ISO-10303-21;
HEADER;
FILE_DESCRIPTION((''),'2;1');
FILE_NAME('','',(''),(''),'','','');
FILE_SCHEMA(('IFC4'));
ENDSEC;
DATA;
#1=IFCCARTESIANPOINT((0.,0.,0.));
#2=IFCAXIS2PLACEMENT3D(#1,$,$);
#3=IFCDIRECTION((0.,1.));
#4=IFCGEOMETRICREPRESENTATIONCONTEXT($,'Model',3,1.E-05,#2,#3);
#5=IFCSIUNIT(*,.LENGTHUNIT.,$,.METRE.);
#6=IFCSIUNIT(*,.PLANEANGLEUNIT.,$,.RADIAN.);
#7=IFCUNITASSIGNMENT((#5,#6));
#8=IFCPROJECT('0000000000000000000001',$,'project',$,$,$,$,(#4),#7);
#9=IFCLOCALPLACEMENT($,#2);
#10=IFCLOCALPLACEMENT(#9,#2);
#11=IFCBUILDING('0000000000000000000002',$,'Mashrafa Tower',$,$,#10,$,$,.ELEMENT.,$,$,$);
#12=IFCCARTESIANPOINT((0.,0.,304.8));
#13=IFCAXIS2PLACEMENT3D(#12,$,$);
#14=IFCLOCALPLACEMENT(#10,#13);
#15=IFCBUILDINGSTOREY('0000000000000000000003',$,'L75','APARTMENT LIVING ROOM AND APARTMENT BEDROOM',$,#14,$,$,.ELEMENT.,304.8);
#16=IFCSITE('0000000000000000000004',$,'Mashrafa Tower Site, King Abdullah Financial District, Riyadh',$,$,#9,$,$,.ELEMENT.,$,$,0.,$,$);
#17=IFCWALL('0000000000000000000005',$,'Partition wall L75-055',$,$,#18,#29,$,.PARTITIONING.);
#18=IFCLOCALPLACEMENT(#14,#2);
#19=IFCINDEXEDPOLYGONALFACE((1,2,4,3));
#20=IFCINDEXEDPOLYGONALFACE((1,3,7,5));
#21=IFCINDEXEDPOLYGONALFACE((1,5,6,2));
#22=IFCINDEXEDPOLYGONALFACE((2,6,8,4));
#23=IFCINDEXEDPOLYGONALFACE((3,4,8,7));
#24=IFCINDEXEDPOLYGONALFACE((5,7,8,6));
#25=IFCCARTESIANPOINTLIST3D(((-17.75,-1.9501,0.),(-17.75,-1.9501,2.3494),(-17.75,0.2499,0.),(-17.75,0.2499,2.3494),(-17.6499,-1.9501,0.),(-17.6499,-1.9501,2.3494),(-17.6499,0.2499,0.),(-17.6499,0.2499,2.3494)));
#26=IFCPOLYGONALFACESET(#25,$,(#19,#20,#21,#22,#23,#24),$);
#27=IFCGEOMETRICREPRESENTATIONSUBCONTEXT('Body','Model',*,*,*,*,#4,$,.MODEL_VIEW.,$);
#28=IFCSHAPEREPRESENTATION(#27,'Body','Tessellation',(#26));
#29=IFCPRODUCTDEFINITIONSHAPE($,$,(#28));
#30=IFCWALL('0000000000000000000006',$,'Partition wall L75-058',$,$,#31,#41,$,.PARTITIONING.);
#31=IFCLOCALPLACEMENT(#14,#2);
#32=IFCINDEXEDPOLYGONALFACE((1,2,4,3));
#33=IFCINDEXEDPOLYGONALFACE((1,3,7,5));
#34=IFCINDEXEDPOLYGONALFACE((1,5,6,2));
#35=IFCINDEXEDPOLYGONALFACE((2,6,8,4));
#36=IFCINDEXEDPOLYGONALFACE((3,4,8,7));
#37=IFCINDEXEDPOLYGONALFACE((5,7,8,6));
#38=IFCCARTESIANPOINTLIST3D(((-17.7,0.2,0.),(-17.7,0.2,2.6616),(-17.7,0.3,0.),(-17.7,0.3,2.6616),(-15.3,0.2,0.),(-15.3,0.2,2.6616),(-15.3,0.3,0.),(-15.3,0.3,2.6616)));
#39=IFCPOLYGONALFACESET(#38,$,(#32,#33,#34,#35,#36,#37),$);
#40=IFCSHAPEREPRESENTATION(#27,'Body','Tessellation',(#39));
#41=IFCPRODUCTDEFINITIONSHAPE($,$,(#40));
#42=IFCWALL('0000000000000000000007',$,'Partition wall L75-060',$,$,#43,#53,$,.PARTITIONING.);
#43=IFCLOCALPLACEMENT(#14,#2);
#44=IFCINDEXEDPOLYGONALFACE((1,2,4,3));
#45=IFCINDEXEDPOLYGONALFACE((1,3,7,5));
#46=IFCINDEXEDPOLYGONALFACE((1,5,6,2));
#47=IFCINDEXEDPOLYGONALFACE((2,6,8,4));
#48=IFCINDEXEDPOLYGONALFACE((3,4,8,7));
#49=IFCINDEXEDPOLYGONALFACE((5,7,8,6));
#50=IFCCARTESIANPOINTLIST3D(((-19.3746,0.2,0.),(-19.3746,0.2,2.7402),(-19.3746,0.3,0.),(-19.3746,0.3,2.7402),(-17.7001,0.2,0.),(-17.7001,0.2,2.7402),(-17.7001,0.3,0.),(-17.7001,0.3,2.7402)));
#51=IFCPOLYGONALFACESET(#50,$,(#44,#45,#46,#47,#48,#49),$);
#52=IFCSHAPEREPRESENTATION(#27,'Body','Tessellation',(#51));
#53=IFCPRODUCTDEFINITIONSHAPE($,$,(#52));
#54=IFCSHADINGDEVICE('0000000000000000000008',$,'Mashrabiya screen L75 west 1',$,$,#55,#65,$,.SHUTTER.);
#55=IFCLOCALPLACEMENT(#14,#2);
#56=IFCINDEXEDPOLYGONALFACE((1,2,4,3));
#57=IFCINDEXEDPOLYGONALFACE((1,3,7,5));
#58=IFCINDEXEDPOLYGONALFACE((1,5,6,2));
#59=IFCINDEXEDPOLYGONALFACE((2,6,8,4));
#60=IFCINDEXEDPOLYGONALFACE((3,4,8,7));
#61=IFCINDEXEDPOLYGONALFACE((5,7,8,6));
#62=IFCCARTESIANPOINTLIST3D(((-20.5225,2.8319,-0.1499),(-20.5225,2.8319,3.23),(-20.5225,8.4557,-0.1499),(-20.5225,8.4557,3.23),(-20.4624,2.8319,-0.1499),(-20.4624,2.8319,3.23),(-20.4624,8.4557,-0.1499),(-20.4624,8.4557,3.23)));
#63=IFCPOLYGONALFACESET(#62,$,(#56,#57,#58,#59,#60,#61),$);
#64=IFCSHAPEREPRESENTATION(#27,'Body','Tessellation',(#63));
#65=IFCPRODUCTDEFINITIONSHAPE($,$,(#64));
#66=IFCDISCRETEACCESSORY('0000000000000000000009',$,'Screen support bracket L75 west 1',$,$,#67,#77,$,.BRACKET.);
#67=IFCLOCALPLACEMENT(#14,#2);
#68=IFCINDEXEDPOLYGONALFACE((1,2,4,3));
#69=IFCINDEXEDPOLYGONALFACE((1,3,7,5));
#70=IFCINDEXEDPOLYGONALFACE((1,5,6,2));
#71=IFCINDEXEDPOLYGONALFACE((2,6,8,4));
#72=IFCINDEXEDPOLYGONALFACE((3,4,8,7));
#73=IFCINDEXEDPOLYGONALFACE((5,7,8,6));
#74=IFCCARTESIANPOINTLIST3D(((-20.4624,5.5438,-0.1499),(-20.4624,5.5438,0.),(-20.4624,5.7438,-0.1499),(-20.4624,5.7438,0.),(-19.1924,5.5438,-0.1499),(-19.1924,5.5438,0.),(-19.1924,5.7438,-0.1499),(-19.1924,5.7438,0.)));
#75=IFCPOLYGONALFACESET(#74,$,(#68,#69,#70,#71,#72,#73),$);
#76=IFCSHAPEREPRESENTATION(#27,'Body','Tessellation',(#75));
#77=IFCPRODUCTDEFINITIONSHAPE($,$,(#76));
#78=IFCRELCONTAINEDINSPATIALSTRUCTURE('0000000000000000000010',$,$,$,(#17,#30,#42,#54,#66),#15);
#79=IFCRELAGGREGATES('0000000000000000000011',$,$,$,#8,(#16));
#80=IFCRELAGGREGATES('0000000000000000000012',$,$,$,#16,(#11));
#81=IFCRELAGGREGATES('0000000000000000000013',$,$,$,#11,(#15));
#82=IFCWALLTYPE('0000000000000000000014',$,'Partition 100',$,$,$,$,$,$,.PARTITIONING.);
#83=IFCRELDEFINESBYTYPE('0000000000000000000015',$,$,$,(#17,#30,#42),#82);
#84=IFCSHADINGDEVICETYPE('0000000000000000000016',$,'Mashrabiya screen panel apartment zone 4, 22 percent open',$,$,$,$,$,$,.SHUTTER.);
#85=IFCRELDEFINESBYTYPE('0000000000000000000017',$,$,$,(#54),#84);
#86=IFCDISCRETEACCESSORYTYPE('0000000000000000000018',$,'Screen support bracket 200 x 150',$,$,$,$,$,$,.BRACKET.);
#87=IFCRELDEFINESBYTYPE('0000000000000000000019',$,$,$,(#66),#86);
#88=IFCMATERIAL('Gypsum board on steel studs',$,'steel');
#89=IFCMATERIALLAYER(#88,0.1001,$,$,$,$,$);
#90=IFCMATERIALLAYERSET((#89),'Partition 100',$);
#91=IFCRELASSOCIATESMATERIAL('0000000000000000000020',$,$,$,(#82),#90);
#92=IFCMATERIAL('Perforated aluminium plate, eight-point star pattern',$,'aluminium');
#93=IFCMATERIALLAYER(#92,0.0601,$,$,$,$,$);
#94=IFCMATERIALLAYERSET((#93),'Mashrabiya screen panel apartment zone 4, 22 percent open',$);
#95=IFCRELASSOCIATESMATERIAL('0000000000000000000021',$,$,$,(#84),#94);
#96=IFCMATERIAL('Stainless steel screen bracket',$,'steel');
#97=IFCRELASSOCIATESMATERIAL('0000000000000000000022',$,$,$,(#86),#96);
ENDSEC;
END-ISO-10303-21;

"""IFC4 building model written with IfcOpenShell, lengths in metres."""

from ifc_helpers import new_model, si_unit, direction, frame, frame_2d, origin, origin_2d, place, context, subcontext, project, spatial, rectangle, extrude, source, transform, mapped, material, layer, layer_set, type_object, type_shapes, element, save


model = new_model("IFC4")

# Units and contexts
model_context = context("Model", 3, precision=1e-05, world=origin(), true_north=direction((0.0, 1.0)))
body_context = subcontext(model_context, "Body", "Model", "MODEL_VIEW")
ifc_project = project(units=[si_unit("LENGTHUNIT", "METRE"), si_unit("PLANEANGLEUNIT", "RADIAN")], contexts=[model_context])

# Site, building, storey
site_placement = place(None, origin())
site = spatial("IfcSite", under=ifc_project, at=site_placement, Name="Mashrafa Tower Site, King Abdullah Financial District, Riyadh", CompositionType="ELEMENT", RefElevation=0.0)
building_placement = place(site_placement, origin())
building = spatial("IfcBuilding", under=site, at=building_placement, Name="Mashrafa Tower", CompositionType="ELEMENT")
storey_placement = place(building_placement, frame((0.0, 0.0, 304.8)))
storey = spatial("IfcBuildingStorey", under=building, at=storey_placement, Name="L75", Description="APARTMENT LIVING ROOM AND APARTMENT BEDROOM", CompositionType="ELEMENT", Elevation=304.8)

# Shared definitions
ifc_material_1 = material(Name="Gypsum board on steel studs", Category="steel")
ifc_layer_1 = layer(ifc_material_1, 0.1001)
ifc_layer_set_1 = layer_set([ifc_layer_1], Name="Partition 100")
wall_type = type_object("IfcWallType", Name="Partition 100", PredefinedType="PARTITIONING", material=ifc_layer_set_1)

# Walls
wall_1_placement = place(storey_placement, frame((-17.7, 0.25, 0.0), z_axis=(0.0, 0.0, 1.0), x_axis=(0.0, -1.0, 0.0)))
element("IfcWall", 1, at=wall_1_placement, inside=storey, type_object=wall_type, Name="Partition wall L75-055", PredefinedType="PARTITIONING", context=body_context, shape_type="SweptSolid", body=[
    extrude(rectangle(XDim=2.2, YDim=0.1001, at=frame_2d((1.1001, 0.0))), origin(), (0.0, 0.0, 1.0), 2.3494),
])
wall_2_placement = place(storey_placement, frame((-15.3, 0.25, 0.0), z_axis=(0.0, 0.0, 1.0), x_axis=(-1.0, 0.0, 0.0)))
element("IfcWall", 2, at=wall_2_placement, inside=storey, type_object=wall_type, Name="Partition wall L75-058", PredefinedType="PARTITIONING", context=body_context, shape_type="SweptSolid", body=[
    extrude(rectangle(XDim=2.3999, YDim=0.1001, at=frame_2d((1.2, 0.0))), origin(), (0.0, 0.0, 1.0), 2.6616),
])
wall_3_placement = place(storey_placement, frame((-17.7, 0.25, 0.0), z_axis=(0.0, 0.0, 1.0), x_axis=(-1.0, 0.0, 0.0)))
element("IfcWall", 3, at=wall_3_placement, inside=storey, type_object=wall_type, Name="Partition wall L75-060", PredefinedType="PARTITIONING", context=body_context, shape_type="SweptSolid", body=[
    extrude(rectangle(XDim=1.6746, YDim=0.1001, at=frame_2d((0.8374, 0.0))), origin(), (0.0, 0.0, 1.0), 2.7402),
])

# Shading device
ifc_material_2 = material(Name="Perforated aluminium plate, eight-point star pattern", Category="aluminium")
ifc_layer_2 = layer(ifc_material_2, 0.0601)
ifc_layer_set_2 = layer_set([ifc_layer_2], Name="Mashrabiya screen panel apartment zone 4, 22 percent open")
shading_device_type = type_object("IfcShadingDeviceType", Name="Mashrabiya screen panel apartment zone 4, 22 percent open", PredefinedType="SHUTTER", material=ifc_layer_set_2)
shared_shape_1 = source(origin(), body_context, "Body", "SweptSolid", [
    extrude(rectangle(XDim=5.6238, YDim=0.0601, at=origin_2d()), origin(), (0.0, 0.0, 1.0), 3.3799),
])
type_shapes(shading_device_type, [shared_shape_1])
shading_device_placement = place(storey_placement, frame((-20.4924, 5.6438, -0.1499), z_axis=(0.0, 0.0, 1.0), x_axis=(0.0, -1.0, 0.0)))
element("IfcShadingDevice", 4, at=shading_device_placement, inside=storey, type_object=shading_device_type, Name="Mashrabiya screen L75 west 1", PredefinedType="SHUTTER", context=body_context, shape_type="MappedRepresentation", body=[
    mapped(shared_shape_1, transform((0.0, 0.0, 0.0))),
])

# Discrete accessory
ifc_material_3 = material(Name="Stainless steel screen bracket", Category="steel")
discrete_accessory_type = type_object("IfcDiscreteAccessoryType", Name="Screen support bracket 200 x 150", PredefinedType="BRACKET", material=ifc_material_3)
shared_shape_2 = source(origin(), body_context, "Body", "SweptSolid", [
    extrude(rectangle(XDim=0.2, YDim=1.27, at=origin_2d()), origin(), (0.0, 0.0, 1.0), 0.1499),
])
type_shapes(discrete_accessory_type, [shared_shape_2])
discrete_accessory_placement = place(storey_placement, frame((-19.8274, 5.6438, -0.1499), z_axis=(0.0, 0.0, 1.0), x_axis=(0.0, -1.0, 0.0)))
element("IfcDiscreteAccessory", 5, at=discrete_accessory_placement, inside=storey, type_object=discrete_accessory_type, Name="Screen support bracket L75 west 1", PredefinedType="BRACKET", context=body_context, shape_type="MappedRepresentation", body=[
    mapped(shared_shape_2, transform((0.0, 0.0, 0.0))),
])

save(model, "model.ifc")
